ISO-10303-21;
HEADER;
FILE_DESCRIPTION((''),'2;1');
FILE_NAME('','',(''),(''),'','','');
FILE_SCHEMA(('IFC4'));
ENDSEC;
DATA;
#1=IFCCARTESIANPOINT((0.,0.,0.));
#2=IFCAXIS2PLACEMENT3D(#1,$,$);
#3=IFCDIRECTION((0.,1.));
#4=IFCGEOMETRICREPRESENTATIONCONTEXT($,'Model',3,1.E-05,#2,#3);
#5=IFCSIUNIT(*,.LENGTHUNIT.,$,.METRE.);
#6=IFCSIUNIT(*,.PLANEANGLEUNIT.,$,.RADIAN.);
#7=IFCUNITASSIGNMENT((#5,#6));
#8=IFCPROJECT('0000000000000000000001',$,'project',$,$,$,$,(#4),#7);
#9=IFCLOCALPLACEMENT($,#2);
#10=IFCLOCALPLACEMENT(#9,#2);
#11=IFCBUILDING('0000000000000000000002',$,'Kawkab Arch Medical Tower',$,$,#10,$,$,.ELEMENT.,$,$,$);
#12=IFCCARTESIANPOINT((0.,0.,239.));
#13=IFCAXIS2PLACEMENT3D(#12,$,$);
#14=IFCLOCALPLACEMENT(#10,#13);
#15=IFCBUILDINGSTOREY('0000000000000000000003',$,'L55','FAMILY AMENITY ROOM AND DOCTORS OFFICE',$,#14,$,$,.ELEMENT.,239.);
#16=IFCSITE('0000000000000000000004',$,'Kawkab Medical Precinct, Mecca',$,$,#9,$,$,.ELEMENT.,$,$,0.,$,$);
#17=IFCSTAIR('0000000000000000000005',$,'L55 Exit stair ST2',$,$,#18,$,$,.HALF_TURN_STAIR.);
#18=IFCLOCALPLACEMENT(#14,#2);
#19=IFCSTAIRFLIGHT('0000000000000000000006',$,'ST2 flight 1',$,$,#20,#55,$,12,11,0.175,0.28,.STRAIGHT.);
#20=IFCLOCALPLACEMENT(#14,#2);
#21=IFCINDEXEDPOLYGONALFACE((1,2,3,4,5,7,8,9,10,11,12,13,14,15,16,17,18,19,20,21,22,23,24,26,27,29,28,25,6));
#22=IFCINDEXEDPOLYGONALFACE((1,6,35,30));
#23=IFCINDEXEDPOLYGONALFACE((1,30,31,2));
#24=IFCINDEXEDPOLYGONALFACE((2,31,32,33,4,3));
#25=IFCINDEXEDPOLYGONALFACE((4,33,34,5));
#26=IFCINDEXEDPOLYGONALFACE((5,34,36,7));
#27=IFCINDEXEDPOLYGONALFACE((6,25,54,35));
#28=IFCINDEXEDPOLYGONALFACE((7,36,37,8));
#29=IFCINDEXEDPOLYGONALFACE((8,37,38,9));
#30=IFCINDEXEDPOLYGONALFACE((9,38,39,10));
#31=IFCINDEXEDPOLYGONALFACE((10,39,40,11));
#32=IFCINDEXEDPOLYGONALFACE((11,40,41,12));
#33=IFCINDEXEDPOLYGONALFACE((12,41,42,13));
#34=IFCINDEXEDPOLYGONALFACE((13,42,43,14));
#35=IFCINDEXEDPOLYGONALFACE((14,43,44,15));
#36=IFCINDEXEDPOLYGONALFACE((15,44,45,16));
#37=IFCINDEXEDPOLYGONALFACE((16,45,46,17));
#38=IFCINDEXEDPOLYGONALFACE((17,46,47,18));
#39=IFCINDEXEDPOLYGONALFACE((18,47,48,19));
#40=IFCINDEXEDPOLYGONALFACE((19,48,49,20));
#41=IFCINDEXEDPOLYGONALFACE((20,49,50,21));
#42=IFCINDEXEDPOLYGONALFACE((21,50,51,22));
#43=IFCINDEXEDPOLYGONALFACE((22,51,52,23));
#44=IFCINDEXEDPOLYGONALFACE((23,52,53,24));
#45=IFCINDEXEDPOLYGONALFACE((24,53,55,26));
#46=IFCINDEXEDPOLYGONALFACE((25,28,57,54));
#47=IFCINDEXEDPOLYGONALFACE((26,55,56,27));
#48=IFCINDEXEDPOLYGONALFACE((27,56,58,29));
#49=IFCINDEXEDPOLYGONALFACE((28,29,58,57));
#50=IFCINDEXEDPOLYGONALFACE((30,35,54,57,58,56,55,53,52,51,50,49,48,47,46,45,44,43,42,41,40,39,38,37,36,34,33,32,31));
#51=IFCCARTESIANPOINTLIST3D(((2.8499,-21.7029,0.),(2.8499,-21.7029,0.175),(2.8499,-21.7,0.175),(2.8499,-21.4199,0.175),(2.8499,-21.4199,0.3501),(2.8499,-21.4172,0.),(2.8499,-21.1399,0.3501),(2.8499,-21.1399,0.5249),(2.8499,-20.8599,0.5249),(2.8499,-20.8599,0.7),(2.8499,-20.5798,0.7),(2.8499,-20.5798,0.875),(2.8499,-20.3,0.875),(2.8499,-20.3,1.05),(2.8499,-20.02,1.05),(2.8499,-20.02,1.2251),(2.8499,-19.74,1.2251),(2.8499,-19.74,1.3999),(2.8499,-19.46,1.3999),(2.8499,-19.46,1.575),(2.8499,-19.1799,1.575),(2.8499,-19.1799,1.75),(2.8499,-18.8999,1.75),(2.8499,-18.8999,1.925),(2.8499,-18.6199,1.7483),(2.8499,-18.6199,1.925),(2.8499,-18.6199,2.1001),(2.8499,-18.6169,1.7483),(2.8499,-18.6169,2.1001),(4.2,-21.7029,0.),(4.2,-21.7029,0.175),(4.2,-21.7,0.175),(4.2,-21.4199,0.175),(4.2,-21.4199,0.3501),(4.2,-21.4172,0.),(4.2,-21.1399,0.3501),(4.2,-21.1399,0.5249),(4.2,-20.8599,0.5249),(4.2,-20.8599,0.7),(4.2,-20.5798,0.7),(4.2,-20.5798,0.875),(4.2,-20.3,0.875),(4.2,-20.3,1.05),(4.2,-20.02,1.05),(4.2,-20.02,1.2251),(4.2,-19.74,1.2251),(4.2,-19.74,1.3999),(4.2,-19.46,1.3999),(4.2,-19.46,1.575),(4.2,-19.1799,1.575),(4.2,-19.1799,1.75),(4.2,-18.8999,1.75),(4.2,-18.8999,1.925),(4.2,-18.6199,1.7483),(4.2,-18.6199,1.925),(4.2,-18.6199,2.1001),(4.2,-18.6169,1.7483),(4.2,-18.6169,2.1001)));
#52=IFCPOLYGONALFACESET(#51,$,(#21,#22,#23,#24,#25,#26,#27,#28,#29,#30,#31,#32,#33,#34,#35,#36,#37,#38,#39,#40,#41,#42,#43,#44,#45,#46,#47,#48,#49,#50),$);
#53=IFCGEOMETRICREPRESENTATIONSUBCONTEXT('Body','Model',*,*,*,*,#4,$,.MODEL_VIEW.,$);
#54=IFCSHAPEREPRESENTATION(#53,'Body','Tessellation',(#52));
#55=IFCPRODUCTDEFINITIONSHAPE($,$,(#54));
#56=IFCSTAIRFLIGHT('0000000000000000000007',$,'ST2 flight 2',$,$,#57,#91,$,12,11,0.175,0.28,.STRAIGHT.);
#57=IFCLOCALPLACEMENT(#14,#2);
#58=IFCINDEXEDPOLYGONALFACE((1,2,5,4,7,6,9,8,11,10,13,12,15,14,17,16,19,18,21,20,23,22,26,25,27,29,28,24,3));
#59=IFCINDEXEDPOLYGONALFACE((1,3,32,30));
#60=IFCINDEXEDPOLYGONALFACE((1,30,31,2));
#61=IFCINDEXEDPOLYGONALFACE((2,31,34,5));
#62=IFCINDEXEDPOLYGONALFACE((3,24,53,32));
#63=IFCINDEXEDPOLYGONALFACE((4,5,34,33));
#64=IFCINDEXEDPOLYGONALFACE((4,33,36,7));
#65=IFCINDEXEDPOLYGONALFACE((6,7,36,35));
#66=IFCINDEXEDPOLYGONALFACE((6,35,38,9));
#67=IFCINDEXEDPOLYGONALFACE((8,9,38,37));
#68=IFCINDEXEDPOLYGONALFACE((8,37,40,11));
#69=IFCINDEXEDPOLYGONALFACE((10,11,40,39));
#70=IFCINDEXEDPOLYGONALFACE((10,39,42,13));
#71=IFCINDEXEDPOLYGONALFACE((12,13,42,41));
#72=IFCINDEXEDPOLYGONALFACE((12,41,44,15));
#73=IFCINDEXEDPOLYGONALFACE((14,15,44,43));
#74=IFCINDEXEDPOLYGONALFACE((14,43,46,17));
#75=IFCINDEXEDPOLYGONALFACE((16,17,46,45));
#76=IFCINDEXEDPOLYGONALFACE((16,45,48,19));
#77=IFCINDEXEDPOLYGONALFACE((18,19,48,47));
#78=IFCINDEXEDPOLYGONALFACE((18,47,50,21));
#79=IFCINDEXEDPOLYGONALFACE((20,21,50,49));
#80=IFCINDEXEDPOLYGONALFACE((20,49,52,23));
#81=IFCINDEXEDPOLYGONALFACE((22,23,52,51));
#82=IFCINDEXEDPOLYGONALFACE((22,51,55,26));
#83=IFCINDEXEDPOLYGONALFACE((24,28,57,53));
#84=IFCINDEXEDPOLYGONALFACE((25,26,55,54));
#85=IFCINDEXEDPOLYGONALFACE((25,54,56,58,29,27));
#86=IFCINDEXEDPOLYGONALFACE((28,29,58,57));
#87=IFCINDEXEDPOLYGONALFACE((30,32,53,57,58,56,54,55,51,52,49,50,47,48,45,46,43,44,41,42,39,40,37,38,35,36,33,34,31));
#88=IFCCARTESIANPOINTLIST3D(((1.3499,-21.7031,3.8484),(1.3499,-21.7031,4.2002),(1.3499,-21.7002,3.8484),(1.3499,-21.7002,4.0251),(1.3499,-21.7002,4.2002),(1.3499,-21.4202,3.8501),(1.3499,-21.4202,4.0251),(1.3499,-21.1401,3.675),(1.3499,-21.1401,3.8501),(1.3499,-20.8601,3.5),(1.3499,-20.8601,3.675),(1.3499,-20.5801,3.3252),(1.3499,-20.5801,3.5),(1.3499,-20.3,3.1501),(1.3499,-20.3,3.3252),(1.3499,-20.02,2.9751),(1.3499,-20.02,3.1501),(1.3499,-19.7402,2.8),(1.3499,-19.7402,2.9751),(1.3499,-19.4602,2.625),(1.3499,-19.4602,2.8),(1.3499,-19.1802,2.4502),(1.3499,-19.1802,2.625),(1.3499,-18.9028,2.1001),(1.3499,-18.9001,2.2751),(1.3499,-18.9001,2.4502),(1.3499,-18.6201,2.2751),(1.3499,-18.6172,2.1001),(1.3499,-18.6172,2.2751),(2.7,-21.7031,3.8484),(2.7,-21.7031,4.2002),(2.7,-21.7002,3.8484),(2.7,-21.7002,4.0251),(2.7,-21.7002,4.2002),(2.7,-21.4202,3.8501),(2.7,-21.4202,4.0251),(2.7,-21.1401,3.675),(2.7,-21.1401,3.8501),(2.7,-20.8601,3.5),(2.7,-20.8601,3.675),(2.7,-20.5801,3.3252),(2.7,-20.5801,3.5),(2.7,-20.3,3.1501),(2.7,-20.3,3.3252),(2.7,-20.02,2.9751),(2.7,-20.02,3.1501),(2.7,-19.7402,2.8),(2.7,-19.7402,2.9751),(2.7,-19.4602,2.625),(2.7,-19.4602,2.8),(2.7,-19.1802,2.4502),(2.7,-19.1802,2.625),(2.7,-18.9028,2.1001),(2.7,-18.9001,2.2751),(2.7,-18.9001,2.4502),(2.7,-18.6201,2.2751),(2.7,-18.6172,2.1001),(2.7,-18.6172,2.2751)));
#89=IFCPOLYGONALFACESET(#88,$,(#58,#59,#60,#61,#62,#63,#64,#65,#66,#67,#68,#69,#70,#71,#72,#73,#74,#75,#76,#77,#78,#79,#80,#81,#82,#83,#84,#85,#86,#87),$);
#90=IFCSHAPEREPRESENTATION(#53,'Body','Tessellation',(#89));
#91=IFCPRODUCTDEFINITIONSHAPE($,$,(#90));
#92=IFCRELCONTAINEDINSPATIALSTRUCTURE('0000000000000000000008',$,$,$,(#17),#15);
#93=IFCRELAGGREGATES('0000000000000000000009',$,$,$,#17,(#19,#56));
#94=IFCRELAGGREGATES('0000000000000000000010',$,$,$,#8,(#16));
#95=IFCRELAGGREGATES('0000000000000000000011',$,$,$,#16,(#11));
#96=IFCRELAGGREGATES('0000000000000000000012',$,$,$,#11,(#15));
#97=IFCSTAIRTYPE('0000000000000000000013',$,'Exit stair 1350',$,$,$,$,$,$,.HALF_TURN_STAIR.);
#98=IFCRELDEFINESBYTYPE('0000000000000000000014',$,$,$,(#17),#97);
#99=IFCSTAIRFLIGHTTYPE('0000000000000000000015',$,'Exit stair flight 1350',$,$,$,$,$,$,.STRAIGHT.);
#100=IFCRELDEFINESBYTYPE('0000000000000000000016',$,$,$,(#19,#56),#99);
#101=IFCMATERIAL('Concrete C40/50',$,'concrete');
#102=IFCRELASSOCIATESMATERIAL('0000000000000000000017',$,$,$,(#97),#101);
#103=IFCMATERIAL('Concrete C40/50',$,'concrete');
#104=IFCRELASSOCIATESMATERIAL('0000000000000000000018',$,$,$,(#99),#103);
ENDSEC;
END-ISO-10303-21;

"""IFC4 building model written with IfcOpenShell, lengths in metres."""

from ifc_helpers import new_model, si_unit, direction, frame, origin, place, context, subcontext, project, spatial, polyline, outline, extrude, material, type_object, element, aggregate, save


model = new_model("IFC4")

# Units and contexts
model_context = context("Model", 3, precision=1e-05, world=origin(), true_north=direction((0.0, 1.0)))
body_context = subcontext(model_context, "Body", "Model", "MODEL_VIEW")
ifc_project = project(units=[si_unit("LENGTHUNIT", "METRE"), si_unit("PLANEANGLEUNIT", "RADIAN")], contexts=[model_context])

# Site, building, storey
site_placement = place(None, origin())
site = spatial("IfcSite", under=ifc_project, at=site_placement, Name="Kawkab Medical Precinct, Mecca", CompositionType="ELEMENT", RefElevation=0.0)
building_placement = place(site_placement, origin())
building = spatial("IfcBuilding", under=site, at=building_placement, Name="Kawkab Arch Medical Tower", CompositionType="ELEMENT")
storey_placement = place(building_placement, frame((0.0, 0.0, 239.0)))
storey = spatial("IfcBuildingStorey", under=building, at=storey_placement, Name="L55", Description="FAMILY AMENITY ROOM AND DOCTORS OFFICE", CompositionType="ELEMENT", Elevation=239.0)

# Stair, stair flights
ifc_material_1 = material(Name="Concrete C40/50", Category="concrete")
stair_type = type_object("IfcStairType", Name="Exit stair 1350", PredefinedType="HALF_TURN_STAIR", material=ifc_material_1)
stair_placement = place(storey_placement, origin())
stair = element("IfcStair", 1, at=stair_placement, inside=storey, type_object=stair_type, Name="L55 Exit stair ST2", PredefinedType="HALF_TURN_STAIR")
ifc_material_2 = material(Name="Concrete C40/50", Category="concrete")
stair_flight_type = type_object("IfcStairFlightType", Name="Exit stair flight 1350", PredefinedType="STRAIGHT", material=ifc_material_2)
stair_flight_1_placement = place(storey_placement, frame((3.5249, -21.7, 0.0), z_axis=(0.0, 0.0, 1.0), x_axis=(0.0, 1.0, 0.0)))
stair_flight_1 = element("IfcStairFlight", 2, at=stair_flight_1_placement, type_object=stair_flight_type, Name="ST2 flight 1", NumberOfRisers=12, NumberOfTreads=11, PredefinedType="STRAIGHT", RiserHeight=0.175, TreadLength=0.28, context=body_context, shape_type="SweptSolid", body=[
    extrude(outline(polyline([(-0.0029, 0.0), (-0.0029, 0.175), (0.0, 0.175), (0.28, 0.175), (0.28, 0.3501), (0.5601, 0.3501), (0.5601, 0.5249), (0.8401, 0.5249), (0.8401, 0.7), (1.1201, 0.7), (1.1201, 0.875), (1.3999, 0.875), (1.3999, 1.05), (1.6799, 1.05), (1.6799, 1.2251), (1.96, 1.2251), (1.96, 1.3999), (2.24, 1.3999), (2.24, 1.575), (2.52, 1.575), (2.52, 1.75), (2.8, 1.75), (2.8, 1.925), (3.0801, 1.925), (3.0801, 2.1001), (3.083, 2.1001), (3.083, 1.7483), (3.0801, 1.7483), (0.2827, 0.0), (-0.0029, 0.0)])), frame((0.0, 0.675, 0.0), z_axis=(0.0, -1.0, 0.0), x_axis=(1.0, 0.0, 0.0)), (0.0, 0.0, 1.0), 1.3501),
])
stair_flight_2_placement = place(storey_placement, frame((2.0249, -18.6201, 2.1001), z_axis=(0.0, 0.0, 1.0), x_axis=(0.0, -1.0, 0.0)))
stair_flight_2 = element("IfcStairFlight", 3, at=stair_flight_2_placement, type_object=stair_flight_type, Name="ST2 flight 2", NumberOfRisers=12, NumberOfTreads=11, PredefinedType="STRAIGHT", RiserHeight=0.175, TreadLength=0.28, context=body_context, shape_type="SweptSolid", body=[
    extrude(outline(polyline([(-0.0029, 0.0), (-0.0029, 0.175), (0.0, 0.175), (0.28, 0.175), (0.28, 0.3501), (0.5601, 0.3501), (0.5601, 0.5249), (0.8401, 0.5249), (0.8401, 0.7), (1.1201, 0.7), (1.1201, 0.875), (1.3999, 0.875), (1.3999, 1.05), (1.6799, 1.05), (1.6799, 1.2251), (1.96, 1.2251), (1.96, 1.3999), (2.24, 1.3999), (2.24, 1.575), (2.52, 1.575), (2.52, 1.75), (2.8, 1.75), (2.8, 1.925), (3.0801, 1.925), (3.0801, 2.1001), (3.083, 2.1001), (3.083, 1.7483), (3.0801, 1.7483), (0.2827, 0.0), (-0.0029, 0.0)])), frame((0.0, 0.675, 0.0), z_axis=(0.0, -1.0, 0.0), x_axis=(1.0, 0.0, 0.0)), (0.0, 0.0, 1.0), 1.3501),
])
aggregate(stair, [stair_flight_1, stair_flight_2])

save(model, "model.ifc")
